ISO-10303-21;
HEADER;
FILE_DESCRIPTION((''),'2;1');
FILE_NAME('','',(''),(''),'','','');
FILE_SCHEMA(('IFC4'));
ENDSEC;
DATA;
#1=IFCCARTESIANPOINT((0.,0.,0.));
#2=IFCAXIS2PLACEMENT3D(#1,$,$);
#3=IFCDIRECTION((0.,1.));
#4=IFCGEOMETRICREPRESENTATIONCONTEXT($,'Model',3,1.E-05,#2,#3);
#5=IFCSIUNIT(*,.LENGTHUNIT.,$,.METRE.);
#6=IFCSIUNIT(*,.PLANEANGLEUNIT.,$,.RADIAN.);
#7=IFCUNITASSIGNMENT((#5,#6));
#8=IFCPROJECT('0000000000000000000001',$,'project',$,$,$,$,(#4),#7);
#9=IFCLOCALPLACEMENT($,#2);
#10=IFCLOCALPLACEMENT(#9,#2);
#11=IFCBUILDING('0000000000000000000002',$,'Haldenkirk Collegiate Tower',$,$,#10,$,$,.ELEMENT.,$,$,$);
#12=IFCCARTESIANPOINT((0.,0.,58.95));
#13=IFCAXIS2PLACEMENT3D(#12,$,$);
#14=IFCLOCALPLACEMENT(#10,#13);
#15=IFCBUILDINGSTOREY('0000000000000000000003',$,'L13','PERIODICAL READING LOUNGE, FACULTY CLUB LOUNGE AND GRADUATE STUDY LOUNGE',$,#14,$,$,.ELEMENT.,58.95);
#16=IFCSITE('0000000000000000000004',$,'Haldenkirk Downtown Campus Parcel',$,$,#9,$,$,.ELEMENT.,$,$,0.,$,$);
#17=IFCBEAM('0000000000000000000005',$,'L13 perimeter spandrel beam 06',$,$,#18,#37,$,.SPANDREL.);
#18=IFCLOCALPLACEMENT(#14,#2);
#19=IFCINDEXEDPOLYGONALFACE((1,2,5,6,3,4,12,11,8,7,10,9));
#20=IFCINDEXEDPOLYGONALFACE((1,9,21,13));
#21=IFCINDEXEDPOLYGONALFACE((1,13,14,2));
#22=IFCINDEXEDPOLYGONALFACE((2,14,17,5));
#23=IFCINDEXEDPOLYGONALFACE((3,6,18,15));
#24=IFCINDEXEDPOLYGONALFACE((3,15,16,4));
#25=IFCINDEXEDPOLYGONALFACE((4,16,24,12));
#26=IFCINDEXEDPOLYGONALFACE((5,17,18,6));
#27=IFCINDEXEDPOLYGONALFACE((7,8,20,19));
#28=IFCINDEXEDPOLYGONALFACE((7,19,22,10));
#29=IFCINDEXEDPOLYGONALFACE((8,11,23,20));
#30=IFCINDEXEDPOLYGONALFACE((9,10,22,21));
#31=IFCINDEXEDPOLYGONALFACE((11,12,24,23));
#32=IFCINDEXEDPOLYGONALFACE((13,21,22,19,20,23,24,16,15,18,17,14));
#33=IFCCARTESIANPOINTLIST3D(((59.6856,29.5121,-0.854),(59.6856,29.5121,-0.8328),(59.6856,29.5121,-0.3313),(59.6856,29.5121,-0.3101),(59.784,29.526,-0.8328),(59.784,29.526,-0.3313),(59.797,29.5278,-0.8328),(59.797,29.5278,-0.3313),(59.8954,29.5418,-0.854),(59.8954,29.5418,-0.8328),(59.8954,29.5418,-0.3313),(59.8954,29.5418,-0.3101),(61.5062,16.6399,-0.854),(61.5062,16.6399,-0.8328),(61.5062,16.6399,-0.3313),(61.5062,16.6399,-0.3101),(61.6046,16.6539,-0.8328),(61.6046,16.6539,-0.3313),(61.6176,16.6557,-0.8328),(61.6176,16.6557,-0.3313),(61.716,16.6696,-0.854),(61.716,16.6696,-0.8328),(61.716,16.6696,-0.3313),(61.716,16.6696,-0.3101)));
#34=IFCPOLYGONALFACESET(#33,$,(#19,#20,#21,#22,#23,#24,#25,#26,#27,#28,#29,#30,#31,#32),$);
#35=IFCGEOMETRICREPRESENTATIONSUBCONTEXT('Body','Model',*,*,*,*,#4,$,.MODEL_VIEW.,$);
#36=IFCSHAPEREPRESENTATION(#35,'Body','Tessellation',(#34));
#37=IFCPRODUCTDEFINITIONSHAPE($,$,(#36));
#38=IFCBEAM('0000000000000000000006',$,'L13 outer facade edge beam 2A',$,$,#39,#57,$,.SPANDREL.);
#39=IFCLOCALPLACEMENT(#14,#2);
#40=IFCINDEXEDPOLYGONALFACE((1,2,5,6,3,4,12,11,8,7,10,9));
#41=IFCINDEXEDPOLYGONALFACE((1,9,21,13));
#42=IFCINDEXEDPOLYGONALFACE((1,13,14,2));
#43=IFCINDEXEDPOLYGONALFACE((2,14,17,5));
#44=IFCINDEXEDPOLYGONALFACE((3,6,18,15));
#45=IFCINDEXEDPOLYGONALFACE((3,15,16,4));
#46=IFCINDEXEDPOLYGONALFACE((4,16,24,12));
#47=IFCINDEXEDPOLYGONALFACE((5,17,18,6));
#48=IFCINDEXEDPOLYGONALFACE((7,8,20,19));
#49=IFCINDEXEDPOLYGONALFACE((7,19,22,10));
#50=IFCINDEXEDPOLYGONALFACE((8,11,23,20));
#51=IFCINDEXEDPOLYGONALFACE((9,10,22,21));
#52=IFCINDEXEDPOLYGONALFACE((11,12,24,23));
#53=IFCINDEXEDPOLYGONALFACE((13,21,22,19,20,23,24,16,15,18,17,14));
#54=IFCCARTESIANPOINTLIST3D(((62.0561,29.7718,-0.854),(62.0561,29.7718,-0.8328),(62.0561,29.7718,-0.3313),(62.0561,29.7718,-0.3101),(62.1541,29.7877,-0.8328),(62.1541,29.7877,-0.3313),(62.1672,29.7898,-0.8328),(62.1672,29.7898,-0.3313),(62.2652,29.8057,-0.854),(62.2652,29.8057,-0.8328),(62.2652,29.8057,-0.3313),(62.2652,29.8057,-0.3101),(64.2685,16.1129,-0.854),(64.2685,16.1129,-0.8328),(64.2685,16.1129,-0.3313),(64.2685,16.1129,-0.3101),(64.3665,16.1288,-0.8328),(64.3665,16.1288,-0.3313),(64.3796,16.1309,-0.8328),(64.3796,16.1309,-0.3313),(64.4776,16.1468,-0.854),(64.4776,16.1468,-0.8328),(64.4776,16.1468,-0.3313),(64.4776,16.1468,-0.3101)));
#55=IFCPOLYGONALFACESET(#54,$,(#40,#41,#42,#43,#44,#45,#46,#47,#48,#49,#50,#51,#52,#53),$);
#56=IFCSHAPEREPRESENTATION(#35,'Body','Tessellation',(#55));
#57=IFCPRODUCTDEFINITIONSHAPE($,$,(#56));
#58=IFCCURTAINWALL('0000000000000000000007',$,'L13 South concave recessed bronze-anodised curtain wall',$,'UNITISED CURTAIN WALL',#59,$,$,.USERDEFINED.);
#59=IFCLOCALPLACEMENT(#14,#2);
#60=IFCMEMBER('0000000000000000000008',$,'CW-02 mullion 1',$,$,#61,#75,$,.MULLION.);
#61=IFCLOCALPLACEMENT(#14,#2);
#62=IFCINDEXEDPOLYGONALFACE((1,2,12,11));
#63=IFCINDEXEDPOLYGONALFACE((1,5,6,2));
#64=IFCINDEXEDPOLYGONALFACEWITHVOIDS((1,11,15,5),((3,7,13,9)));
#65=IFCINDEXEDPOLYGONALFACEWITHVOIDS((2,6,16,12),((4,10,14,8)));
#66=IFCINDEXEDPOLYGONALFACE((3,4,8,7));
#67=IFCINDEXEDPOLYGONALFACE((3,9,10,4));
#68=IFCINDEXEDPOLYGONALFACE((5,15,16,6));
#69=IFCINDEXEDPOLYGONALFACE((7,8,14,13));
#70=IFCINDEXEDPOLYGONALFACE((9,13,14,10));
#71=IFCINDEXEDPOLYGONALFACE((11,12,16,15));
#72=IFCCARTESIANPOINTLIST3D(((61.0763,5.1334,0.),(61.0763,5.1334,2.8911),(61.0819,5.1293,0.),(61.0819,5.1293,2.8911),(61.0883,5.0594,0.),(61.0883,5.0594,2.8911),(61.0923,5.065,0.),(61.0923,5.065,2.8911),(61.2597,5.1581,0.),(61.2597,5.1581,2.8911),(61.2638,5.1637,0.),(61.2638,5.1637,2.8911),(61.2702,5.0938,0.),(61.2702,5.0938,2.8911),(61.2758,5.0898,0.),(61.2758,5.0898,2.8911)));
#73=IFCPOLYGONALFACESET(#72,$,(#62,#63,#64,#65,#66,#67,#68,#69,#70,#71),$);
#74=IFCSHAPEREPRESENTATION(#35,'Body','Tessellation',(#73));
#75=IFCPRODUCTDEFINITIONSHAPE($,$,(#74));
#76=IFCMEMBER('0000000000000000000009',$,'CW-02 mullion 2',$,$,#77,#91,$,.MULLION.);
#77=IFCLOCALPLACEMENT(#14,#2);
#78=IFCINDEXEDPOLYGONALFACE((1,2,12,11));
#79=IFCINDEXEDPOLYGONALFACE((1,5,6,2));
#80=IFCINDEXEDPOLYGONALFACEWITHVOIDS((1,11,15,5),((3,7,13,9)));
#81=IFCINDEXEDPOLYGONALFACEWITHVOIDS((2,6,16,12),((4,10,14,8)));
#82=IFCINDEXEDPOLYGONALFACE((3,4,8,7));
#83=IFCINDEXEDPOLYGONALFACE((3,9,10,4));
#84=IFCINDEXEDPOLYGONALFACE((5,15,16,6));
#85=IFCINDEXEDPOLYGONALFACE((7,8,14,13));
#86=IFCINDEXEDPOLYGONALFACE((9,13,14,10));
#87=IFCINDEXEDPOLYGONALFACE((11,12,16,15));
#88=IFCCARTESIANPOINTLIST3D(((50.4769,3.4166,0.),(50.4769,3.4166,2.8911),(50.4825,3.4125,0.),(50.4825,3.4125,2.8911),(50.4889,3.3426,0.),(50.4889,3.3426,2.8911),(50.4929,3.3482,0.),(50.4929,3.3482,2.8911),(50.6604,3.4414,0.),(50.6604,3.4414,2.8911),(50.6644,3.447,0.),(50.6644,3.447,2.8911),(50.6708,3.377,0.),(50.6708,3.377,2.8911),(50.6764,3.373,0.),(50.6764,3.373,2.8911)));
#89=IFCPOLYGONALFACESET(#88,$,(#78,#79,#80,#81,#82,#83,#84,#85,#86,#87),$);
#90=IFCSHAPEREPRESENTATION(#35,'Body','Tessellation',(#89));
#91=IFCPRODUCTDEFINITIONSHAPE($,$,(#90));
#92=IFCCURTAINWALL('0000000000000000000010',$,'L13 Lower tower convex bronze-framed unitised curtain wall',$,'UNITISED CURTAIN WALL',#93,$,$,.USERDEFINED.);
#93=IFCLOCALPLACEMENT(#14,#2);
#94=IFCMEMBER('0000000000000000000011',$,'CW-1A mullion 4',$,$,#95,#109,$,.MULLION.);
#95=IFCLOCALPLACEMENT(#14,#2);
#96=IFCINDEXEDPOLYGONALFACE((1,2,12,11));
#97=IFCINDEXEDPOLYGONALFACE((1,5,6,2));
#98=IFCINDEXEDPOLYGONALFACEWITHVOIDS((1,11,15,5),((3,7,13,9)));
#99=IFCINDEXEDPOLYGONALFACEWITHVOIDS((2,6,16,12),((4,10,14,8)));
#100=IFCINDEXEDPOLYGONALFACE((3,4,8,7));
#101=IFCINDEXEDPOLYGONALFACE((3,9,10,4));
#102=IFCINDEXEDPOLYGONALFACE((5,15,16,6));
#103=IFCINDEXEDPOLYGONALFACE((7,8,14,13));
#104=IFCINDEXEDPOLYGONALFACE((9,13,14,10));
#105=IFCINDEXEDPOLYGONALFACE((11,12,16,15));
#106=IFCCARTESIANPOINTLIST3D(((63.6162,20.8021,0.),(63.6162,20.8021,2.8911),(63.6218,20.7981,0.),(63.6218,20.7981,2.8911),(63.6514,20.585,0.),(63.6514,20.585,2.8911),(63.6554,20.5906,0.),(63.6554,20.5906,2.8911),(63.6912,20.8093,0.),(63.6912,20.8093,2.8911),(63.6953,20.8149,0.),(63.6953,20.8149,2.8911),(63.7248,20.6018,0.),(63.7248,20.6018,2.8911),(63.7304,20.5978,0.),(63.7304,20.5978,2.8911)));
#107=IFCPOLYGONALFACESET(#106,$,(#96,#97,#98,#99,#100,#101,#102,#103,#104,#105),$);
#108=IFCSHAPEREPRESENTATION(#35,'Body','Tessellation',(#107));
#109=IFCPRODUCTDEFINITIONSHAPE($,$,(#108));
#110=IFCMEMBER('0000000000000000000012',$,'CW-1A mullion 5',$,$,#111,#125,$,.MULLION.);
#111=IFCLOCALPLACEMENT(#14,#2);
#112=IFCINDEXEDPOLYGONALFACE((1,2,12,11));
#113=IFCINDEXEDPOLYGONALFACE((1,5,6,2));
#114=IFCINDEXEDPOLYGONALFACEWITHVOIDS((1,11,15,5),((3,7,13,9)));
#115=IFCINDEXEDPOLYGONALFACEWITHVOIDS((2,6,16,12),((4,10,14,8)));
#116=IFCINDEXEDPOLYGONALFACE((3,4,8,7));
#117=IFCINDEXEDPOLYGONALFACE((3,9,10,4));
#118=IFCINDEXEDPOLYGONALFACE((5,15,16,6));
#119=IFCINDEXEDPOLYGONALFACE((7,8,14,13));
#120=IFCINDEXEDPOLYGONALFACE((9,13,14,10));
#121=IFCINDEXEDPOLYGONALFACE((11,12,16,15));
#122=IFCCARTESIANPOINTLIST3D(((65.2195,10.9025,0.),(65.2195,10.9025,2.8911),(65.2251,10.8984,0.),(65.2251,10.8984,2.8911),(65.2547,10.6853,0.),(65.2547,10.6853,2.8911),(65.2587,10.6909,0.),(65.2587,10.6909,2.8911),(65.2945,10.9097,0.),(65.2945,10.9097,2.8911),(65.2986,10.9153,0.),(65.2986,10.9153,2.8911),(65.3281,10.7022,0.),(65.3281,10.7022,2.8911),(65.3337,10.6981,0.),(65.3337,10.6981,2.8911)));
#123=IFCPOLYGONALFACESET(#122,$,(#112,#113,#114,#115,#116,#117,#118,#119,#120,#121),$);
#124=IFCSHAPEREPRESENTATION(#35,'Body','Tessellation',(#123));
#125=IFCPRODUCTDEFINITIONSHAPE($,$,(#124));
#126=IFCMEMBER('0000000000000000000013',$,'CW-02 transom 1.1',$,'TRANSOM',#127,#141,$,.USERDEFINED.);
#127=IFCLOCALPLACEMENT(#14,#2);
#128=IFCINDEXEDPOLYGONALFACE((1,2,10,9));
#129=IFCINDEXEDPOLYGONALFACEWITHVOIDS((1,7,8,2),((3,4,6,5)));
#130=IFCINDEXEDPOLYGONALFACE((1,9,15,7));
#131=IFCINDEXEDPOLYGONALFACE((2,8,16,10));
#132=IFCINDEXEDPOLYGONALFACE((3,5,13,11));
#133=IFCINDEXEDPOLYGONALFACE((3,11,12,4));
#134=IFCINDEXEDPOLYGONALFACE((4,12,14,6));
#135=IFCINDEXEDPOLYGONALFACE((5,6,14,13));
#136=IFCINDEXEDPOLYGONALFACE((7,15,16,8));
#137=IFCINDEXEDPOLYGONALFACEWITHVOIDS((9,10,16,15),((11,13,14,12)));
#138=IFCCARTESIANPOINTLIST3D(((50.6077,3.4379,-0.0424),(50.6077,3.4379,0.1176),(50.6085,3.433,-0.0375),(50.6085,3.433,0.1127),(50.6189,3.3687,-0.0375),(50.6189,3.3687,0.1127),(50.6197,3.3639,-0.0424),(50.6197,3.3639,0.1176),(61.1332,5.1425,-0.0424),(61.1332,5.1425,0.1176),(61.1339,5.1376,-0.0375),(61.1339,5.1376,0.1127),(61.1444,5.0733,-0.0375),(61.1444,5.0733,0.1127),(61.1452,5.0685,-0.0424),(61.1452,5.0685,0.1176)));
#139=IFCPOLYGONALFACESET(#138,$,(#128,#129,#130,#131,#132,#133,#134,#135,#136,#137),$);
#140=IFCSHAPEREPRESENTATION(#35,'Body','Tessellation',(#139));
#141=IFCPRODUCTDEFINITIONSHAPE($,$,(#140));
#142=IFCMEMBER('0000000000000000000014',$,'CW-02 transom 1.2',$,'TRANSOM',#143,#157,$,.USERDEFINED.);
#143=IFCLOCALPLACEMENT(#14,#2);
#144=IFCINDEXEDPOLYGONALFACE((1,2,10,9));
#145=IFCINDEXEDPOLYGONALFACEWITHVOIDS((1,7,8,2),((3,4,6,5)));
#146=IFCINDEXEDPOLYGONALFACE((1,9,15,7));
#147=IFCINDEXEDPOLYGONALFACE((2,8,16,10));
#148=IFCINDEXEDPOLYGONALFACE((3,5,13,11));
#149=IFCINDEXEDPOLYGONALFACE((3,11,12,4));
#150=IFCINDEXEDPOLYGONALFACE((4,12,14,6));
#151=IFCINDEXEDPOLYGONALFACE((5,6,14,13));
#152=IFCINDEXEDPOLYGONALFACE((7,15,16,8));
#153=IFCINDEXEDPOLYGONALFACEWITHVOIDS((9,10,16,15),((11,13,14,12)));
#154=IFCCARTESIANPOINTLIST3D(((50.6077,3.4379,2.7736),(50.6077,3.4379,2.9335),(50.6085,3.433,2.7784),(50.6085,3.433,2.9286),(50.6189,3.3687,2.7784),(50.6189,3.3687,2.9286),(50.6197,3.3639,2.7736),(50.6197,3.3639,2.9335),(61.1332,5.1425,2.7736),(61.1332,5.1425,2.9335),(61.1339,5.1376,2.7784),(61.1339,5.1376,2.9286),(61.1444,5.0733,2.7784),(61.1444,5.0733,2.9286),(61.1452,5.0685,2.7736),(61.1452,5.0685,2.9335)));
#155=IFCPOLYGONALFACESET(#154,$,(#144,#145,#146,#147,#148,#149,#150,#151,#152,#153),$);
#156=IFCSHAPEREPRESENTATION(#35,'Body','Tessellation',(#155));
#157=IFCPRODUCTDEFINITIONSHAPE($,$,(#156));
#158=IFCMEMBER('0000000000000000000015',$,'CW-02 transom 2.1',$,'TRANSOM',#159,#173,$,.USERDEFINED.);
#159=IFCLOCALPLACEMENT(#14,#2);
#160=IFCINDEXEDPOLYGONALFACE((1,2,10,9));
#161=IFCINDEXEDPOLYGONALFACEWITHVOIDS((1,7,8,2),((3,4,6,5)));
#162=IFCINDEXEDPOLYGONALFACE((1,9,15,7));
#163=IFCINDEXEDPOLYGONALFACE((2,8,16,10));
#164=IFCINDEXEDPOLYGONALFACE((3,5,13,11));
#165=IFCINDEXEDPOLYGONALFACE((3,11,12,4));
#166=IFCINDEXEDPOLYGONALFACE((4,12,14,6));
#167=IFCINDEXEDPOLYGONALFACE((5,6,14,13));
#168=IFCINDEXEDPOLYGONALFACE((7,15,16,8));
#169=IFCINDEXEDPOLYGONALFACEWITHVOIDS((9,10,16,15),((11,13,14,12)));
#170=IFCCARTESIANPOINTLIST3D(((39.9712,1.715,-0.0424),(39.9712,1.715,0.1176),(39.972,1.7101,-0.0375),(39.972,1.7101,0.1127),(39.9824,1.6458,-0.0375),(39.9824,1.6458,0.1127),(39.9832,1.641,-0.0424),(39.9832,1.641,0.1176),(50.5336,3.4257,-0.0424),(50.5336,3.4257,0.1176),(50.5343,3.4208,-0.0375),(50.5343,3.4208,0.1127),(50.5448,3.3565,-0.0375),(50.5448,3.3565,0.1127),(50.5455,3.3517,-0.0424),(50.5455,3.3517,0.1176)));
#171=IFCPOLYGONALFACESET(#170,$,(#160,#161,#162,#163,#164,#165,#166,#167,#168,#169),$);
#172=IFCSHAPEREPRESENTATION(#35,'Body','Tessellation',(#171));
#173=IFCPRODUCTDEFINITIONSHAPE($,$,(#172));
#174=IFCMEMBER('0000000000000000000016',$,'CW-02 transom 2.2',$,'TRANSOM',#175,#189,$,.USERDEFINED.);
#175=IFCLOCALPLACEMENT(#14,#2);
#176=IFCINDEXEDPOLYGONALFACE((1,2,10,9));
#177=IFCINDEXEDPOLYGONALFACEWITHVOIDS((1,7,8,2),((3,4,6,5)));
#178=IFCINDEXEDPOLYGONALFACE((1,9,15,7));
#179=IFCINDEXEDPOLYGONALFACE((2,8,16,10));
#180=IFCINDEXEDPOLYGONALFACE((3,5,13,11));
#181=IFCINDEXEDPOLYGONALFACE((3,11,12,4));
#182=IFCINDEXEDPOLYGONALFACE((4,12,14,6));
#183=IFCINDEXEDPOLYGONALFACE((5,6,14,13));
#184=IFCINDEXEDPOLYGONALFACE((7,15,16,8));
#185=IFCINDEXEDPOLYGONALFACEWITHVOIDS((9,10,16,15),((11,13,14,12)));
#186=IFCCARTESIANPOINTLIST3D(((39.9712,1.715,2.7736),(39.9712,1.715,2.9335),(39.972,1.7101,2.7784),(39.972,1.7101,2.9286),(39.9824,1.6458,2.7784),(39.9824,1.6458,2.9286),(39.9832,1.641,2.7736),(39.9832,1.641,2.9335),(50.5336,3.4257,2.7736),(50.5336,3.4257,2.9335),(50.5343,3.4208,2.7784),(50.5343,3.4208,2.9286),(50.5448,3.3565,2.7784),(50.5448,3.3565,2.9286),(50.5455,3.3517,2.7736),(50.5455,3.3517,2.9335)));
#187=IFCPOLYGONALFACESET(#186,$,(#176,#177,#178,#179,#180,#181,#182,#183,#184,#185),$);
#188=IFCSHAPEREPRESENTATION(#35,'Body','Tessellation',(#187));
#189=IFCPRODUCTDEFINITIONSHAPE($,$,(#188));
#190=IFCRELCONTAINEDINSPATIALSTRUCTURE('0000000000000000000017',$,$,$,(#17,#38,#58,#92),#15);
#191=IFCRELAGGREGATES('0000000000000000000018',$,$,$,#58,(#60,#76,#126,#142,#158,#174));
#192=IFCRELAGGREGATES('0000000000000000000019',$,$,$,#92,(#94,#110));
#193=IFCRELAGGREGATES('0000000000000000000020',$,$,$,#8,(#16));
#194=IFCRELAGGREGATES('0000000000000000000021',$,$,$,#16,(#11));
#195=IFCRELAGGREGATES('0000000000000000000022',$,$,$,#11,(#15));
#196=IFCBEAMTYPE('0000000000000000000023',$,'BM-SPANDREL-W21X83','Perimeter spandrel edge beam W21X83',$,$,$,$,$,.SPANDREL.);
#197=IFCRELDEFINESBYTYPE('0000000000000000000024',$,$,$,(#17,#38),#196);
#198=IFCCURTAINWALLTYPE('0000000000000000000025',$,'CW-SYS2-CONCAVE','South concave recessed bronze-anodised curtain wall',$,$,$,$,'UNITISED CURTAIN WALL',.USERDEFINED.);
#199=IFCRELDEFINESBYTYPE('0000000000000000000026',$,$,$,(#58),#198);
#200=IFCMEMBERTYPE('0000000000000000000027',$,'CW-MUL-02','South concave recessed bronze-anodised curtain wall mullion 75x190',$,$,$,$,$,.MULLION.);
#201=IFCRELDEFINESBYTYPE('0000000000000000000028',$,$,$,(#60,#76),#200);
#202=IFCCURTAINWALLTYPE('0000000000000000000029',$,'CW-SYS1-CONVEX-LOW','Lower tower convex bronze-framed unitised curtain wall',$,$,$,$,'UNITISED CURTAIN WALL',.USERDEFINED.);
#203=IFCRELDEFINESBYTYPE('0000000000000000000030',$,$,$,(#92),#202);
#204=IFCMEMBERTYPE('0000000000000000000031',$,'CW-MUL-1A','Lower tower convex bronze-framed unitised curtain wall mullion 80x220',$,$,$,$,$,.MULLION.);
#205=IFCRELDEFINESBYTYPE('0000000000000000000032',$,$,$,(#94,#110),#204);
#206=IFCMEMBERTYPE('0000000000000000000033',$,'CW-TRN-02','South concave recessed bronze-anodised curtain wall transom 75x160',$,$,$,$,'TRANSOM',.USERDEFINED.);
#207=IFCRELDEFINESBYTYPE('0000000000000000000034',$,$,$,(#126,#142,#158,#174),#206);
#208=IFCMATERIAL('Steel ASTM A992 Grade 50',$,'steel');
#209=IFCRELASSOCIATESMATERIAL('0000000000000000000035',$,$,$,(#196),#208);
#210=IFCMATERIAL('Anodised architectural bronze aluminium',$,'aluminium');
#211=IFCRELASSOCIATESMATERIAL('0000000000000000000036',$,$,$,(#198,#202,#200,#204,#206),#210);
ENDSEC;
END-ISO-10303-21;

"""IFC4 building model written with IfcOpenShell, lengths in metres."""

from ifc_helpers import new_model, si_unit, direction, frame, origin, origin_2d, place, context, subcontext, project, spatial, hollow_rectangle, i_section, extrude, material, material_profile, profile_set, type_object, element, aggregate, save


model = new_model("IFC4")

# Units and contexts
model_context = context("Model", 3, precision=1e-05, world=origin(), true_north=direction((0.0, 1.0)))
body_context = subcontext(model_context, "Body", "Model", "MODEL_VIEW")
ifc_project = project(units=[si_unit("LENGTHUNIT", "METRE"), si_unit("PLANEANGLEUNIT", "RADIAN")], contexts=[model_context])

# Site, building, storey
site_placement = place(None, origin())
site = spatial("IfcSite", under=ifc_project, at=site_placement, Name="Haldenkirk Downtown Campus Parcel", CompositionType="ELEMENT", RefElevation=0.0)
building_placement = place(site_placement, origin())
building = spatial("IfcBuilding", under=site, at=building_placement, Name="Haldenkirk Collegiate Tower", CompositionType="ELEMENT")
storey_placement = place(building_placement, frame((0.0, 0.0, 58.95)))
storey = spatial("IfcBuildingStorey", under=building, at=storey_placement, Name="L13", Description="PERIODICAL READING LOUNGE, FACULTY CLUB LOUNGE AND GRADUATE STUDY LOUNGE", CompositionType="ELEMENT", Elevation=58.95)

# Beams
ifc_material_1 = material(Name="Steel ASTM A992 Grade 50", Category="steel")
ifc_material_profile_1 = material_profile(ifc_material_1, i_section(OverallWidth=0.2119, OverallDepth=0.5439, WebThickness=0.0132, FlangeThickness=0.0212, at=origin_2d()), Name="W21X83")
ifc_profile_set_1 = profile_set([ifc_material_profile_1], Name="Steel ASTM A992 Grade 50")
beam_type_1 = type_object("IfcBeamType", Name="BM-SPANDREL-W21X83", Description="Perimeter spandrel edge beam W21X83", PredefinedType="SPANDREL", material=ifc_profile_set_1)
beam_1_placement = place(storey_placement, frame((61.6111, 16.6548, -0.582), z_axis=(-0.140041, 0.990146, 0.0), x_axis=(-0.990146, -0.140041, 0.0)))
element("IfcBeam", 1, at=beam_1_placement, inside=storey, type_object=beam_type_1, Name="L13 perimeter spandrel beam 06", PredefinedType="SPANDREL", context=body_context, shape_type="SweptSolid", body=[
    extrude(i_section(OverallWidth=0.2119, OverallDepth=0.5439, WebThickness=0.0132, FlangeThickness=0.0212, at=origin_2d()), origin(), (0.0, 0.0, 1.0), 13.0002),
])
beam_2_placement = place(storey_placement, frame((64.373, 16.1299, -0.582), z_axis=(-0.159891, 0.987135, 0.0), x_axis=(-0.987135, -0.159891, 0.0)))
element("IfcBeam", 2, at=beam_2_placement, inside=storey, type_object=beam_type_1, Name="L13 outer facade edge beam 2A", PredefinedType="SPANDREL", context=body_context, shape_type="SweptSolid", body=[
    extrude(i_section(OverallWidth=0.2119, OverallDepth=0.5439, WebThickness=0.0132, FlangeThickness=0.0212, at=origin_2d()), origin(), (0.0, 0.0, 1.0), 13.8369),
])

# Curtain walls, members
ifc_material_2 = material(Name="Anodised architectural bronze aluminium", Category="aluminium")
curtain_wall_type_1 = type_object("IfcCurtainWallType", Name="CW-SYS2-CONCAVE", Description="South concave recessed bronze-anodised curtain wall", ElementType="UNITISED CURTAIN WALL", PredefinedType="USERDEFINED", material=ifc_material_2)
curtain_wall_1_placement = place(storey_placement, origin())
curtain_wall_1 = element("IfcCurtainWall", 3, at=curtain_wall_1_placement, inside=storey, type_object=curtain_wall_type_1, Name="L13 South concave recessed bronze-anodised curtain wall", ObjectType="UNITISED CURTAIN WALL", PredefinedType="USERDEFINED")
ifc_material_profile_2 = material_profile(ifc_material_2, hollow_rectangle(XDim=0.075, YDim=0.1899, WallThickness=0.0049, at=origin_2d()), Name="CW-MUL-02")
ifc_profile_set_2 = profile_set([ifc_material_profile_2], Name="Anodised architectural bronze aluminium")
member_type_1 = type_object("IfcMemberType", Name="CW-MUL-02", Description="South concave recessed bronze-anodised curtain wall mullion 75x190", PredefinedType="MULLION", material=ifc_profile_set_2)
member_1_placement = place(storey_placement, frame((61.176, 5.1116, 0.0), z_axis=(0.0, 0.0, 1.0), x_axis=(0.159881, -0.987136, 0.0)))
member_1 = element("IfcMember", 4, at=member_1_placement, type_object=member_type_1, Name="CW-02 mullion 1", PredefinedType="MULLION", context=body_context, shape_type="SweptSolid", body=[
    extrude(hollow_rectangle(XDim=0.075, YDim=0.1899, WallThickness=0.0049, at=origin_2d()), origin(), (0.0, 0.0, 1.0), 2.8911),
])
member_2_placement = place(storey_placement, frame((50.5767, 3.3948, 0.0), z_axis=(0.0, 0.0, 1.0), x_axis=(0.159881, -0.987136, 0.0)))
member_2 = element("IfcMember", 5, at=member_2_placement, type_object=member_type_1, Name="CW-02 mullion 2", PredefinedType="MULLION", context=body_context, shape_type="SweptSolid", body=[
    extrude(hollow_rectangle(XDim=0.075, YDim=0.1899, WallThickness=0.0049, at=origin_2d()), origin(), (0.0, 0.0, 1.0), 2.8911),
])
curtain_wall_type_2 = type_object("IfcCurtainWallType", Name="CW-SYS1-CONVEX-LOW", Description="Lower tower convex bronze-framed unitised curtain wall", ElementType="UNITISED CURTAIN WALL", PredefinedType="USERDEFINED", material=ifc_material_2)
curtain_wall_2_placement = place(storey_placement, origin())
curtain_wall_2 = element("IfcCurtainWall", 6, at=curtain_wall_2_placement, inside=storey, type_object=curtain_wall_type_2, Name="L13 Lower tower convex bronze-framed unitised curtain wall", ObjectType="UNITISED CURTAIN WALL", PredefinedType="USERDEFINED")
ifc_material_profile_3 = material_profile(ifc_material_2, hollow_rectangle(XDim=0.0801, YDim=0.22, WallThickness=0.0049, at=origin_2d()), Name="CW-MUL-1A")
ifc_profile_set_3 = profile_set([ifc_material_profile_3], Name="Anodised architectural bronze aluminium")
member_type_2 = type_object("IfcMemberType", Name="CW-MUL-1A", Description="Lower tower convex bronze-framed unitised curtain wall mullion 80x220", PredefinedType="MULLION", material=ifc_profile_set_3)
member_3_placement = place(storey_placement, frame((63.6733, 20.7, 0.0), z_axis=(0.0, 0.0, 1.0), x_axis=(0.987136, 0.15988, 0.0)))
member_3 = element("IfcMember", 7, at=member_3_placement, type_object=member_type_2, Name="CW-1A mullion 4", PredefinedType="MULLION", context=body_context, shape_type="SweptSolid", body=[
    extrude(hollow_rectangle(XDim=0.0801, YDim=0.22, WallThickness=0.0049, at=origin_2d()), origin(), (0.0, 0.0, 1.0), 2.8911),
])
member_4_placement = place(storey_placement, frame((65.2766, 10.8003, 0.0), z_axis=(0.0, 0.0, 1.0), x_axis=(0.987136, 0.15988, 0.0)))
member_4 = element("IfcMember", 8, at=member_4_placement, type_object=member_type_2, Name="CW-1A mullion 5", PredefinedType="MULLION", context=body_context, shape_type="SweptSolid", body=[
    extrude(hollow_rectangle(XDim=0.0801, YDim=0.22, WallThickness=0.0049, at=origin_2d()), origin(), (0.0, 0.0, 1.0), 2.8911),
])

# Members
ifc_material_profile_4 = material_profile(ifc_material_2, hollow_rectangle(XDim=0.075, YDim=0.1599, WallThickness=0.0049, at=origin_2d()), Name="CW-TRN-02")
ifc_profile_set_4 = profile_set([ifc_material_profile_4], Name="Anodised architectural bronze aluminium")
member_type_3 = type_object("IfcMemberType", Name="CW-TRN-02", Description="South concave recessed bronze-anodised curtain wall transom 75x160", ElementType="TRANSOM", PredefinedType="USERDEFINED", material=ifc_profile_set_4)
member_5_placement = place(storey_placement, frame((61.1392, 5.1055, 0.0376), z_axis=(-0.987139, -0.159867, 0.0), x_axis=(0.159867, -0.987139, 0.0)))
member_5 = element("IfcMember", 9, at=member_5_placement, type_object=member_type_3, Name="CW-02 transom 1.1", ObjectType="TRANSOM", PredefinedType="USERDEFINED", context=body_context, shape_type="SweptSolid", body=[
    extrude(hollow_rectangle(XDim=0.075, YDim=0.1599, WallThickness=0.0049, at=origin_2d()), origin(), (0.0, 0.0, 1.0), 10.6626),
])
member_6_placement = place(storey_placement, frame((61.1392, 5.1055, 2.8535), z_axis=(-0.987139, -0.159867, 0.0), x_axis=(0.159867, -0.987139, 0.0)))
member_6 = element("IfcMember", 10, at=member_6_placement, type_object=member_type_3, Name="CW-02 transom 1.2", ObjectType="TRANSOM", PredefinedType="USERDEFINED", context=body_context, shape_type="SweptSolid", body=[
    extrude(hollow_rectangle(XDim=0.075, YDim=0.1599, WallThickness=0.0049, at=origin_2d()), origin(), (0.0, 0.0, 1.0), 10.6626),
])
member_7_placement = place(storey_placement, frame((50.5396, 3.3887, 0.0376), z_axis=(-0.987137, -0.159879, 0.0), x_axis=(0.159879, -0.987137, 0.0)))
member_7 = element("IfcMember", 11, at=member_7_placement, type_object=member_type_3, Name="CW-02 transom 2.1", ObjectType="TRANSOM", PredefinedType="USERDEFINED", context=body_context, shape_type="SweptSolid", body=[
    extrude(hollow_rectangle(XDim=0.075, YDim=0.1599, WallThickness=0.0049, at=origin_2d()), origin(), (0.0, 0.0, 1.0), 10.7),
])
member_8_placement = place(storey_placement, frame((50.5396, 3.3887, 2.8535), z_axis=(-0.987137, -0.159879, 0.0), x_axis=(0.159879, -0.987137, 0.0)))
member_8 = element("IfcMember", 12, at=member_8_placement, type_object=member_type_3, Name="CW-02 transom 2.2", ObjectType="TRANSOM", PredefinedType="USERDEFINED", context=body_context, shape_type="SweptSolid", body=[
    extrude(hollow_rectangle(XDim=0.075, YDim=0.1599, WallThickness=0.0049, at=origin_2d()), origin(), (0.0, 0.0, 1.0), 10.7),
])

aggregate(curtain_wall_1, [member_1, member_2, member_5, member_6, member_7, member_8])
aggregate(curtain_wall_2, [member_3, member_4])

save(model, "model.ifc")
